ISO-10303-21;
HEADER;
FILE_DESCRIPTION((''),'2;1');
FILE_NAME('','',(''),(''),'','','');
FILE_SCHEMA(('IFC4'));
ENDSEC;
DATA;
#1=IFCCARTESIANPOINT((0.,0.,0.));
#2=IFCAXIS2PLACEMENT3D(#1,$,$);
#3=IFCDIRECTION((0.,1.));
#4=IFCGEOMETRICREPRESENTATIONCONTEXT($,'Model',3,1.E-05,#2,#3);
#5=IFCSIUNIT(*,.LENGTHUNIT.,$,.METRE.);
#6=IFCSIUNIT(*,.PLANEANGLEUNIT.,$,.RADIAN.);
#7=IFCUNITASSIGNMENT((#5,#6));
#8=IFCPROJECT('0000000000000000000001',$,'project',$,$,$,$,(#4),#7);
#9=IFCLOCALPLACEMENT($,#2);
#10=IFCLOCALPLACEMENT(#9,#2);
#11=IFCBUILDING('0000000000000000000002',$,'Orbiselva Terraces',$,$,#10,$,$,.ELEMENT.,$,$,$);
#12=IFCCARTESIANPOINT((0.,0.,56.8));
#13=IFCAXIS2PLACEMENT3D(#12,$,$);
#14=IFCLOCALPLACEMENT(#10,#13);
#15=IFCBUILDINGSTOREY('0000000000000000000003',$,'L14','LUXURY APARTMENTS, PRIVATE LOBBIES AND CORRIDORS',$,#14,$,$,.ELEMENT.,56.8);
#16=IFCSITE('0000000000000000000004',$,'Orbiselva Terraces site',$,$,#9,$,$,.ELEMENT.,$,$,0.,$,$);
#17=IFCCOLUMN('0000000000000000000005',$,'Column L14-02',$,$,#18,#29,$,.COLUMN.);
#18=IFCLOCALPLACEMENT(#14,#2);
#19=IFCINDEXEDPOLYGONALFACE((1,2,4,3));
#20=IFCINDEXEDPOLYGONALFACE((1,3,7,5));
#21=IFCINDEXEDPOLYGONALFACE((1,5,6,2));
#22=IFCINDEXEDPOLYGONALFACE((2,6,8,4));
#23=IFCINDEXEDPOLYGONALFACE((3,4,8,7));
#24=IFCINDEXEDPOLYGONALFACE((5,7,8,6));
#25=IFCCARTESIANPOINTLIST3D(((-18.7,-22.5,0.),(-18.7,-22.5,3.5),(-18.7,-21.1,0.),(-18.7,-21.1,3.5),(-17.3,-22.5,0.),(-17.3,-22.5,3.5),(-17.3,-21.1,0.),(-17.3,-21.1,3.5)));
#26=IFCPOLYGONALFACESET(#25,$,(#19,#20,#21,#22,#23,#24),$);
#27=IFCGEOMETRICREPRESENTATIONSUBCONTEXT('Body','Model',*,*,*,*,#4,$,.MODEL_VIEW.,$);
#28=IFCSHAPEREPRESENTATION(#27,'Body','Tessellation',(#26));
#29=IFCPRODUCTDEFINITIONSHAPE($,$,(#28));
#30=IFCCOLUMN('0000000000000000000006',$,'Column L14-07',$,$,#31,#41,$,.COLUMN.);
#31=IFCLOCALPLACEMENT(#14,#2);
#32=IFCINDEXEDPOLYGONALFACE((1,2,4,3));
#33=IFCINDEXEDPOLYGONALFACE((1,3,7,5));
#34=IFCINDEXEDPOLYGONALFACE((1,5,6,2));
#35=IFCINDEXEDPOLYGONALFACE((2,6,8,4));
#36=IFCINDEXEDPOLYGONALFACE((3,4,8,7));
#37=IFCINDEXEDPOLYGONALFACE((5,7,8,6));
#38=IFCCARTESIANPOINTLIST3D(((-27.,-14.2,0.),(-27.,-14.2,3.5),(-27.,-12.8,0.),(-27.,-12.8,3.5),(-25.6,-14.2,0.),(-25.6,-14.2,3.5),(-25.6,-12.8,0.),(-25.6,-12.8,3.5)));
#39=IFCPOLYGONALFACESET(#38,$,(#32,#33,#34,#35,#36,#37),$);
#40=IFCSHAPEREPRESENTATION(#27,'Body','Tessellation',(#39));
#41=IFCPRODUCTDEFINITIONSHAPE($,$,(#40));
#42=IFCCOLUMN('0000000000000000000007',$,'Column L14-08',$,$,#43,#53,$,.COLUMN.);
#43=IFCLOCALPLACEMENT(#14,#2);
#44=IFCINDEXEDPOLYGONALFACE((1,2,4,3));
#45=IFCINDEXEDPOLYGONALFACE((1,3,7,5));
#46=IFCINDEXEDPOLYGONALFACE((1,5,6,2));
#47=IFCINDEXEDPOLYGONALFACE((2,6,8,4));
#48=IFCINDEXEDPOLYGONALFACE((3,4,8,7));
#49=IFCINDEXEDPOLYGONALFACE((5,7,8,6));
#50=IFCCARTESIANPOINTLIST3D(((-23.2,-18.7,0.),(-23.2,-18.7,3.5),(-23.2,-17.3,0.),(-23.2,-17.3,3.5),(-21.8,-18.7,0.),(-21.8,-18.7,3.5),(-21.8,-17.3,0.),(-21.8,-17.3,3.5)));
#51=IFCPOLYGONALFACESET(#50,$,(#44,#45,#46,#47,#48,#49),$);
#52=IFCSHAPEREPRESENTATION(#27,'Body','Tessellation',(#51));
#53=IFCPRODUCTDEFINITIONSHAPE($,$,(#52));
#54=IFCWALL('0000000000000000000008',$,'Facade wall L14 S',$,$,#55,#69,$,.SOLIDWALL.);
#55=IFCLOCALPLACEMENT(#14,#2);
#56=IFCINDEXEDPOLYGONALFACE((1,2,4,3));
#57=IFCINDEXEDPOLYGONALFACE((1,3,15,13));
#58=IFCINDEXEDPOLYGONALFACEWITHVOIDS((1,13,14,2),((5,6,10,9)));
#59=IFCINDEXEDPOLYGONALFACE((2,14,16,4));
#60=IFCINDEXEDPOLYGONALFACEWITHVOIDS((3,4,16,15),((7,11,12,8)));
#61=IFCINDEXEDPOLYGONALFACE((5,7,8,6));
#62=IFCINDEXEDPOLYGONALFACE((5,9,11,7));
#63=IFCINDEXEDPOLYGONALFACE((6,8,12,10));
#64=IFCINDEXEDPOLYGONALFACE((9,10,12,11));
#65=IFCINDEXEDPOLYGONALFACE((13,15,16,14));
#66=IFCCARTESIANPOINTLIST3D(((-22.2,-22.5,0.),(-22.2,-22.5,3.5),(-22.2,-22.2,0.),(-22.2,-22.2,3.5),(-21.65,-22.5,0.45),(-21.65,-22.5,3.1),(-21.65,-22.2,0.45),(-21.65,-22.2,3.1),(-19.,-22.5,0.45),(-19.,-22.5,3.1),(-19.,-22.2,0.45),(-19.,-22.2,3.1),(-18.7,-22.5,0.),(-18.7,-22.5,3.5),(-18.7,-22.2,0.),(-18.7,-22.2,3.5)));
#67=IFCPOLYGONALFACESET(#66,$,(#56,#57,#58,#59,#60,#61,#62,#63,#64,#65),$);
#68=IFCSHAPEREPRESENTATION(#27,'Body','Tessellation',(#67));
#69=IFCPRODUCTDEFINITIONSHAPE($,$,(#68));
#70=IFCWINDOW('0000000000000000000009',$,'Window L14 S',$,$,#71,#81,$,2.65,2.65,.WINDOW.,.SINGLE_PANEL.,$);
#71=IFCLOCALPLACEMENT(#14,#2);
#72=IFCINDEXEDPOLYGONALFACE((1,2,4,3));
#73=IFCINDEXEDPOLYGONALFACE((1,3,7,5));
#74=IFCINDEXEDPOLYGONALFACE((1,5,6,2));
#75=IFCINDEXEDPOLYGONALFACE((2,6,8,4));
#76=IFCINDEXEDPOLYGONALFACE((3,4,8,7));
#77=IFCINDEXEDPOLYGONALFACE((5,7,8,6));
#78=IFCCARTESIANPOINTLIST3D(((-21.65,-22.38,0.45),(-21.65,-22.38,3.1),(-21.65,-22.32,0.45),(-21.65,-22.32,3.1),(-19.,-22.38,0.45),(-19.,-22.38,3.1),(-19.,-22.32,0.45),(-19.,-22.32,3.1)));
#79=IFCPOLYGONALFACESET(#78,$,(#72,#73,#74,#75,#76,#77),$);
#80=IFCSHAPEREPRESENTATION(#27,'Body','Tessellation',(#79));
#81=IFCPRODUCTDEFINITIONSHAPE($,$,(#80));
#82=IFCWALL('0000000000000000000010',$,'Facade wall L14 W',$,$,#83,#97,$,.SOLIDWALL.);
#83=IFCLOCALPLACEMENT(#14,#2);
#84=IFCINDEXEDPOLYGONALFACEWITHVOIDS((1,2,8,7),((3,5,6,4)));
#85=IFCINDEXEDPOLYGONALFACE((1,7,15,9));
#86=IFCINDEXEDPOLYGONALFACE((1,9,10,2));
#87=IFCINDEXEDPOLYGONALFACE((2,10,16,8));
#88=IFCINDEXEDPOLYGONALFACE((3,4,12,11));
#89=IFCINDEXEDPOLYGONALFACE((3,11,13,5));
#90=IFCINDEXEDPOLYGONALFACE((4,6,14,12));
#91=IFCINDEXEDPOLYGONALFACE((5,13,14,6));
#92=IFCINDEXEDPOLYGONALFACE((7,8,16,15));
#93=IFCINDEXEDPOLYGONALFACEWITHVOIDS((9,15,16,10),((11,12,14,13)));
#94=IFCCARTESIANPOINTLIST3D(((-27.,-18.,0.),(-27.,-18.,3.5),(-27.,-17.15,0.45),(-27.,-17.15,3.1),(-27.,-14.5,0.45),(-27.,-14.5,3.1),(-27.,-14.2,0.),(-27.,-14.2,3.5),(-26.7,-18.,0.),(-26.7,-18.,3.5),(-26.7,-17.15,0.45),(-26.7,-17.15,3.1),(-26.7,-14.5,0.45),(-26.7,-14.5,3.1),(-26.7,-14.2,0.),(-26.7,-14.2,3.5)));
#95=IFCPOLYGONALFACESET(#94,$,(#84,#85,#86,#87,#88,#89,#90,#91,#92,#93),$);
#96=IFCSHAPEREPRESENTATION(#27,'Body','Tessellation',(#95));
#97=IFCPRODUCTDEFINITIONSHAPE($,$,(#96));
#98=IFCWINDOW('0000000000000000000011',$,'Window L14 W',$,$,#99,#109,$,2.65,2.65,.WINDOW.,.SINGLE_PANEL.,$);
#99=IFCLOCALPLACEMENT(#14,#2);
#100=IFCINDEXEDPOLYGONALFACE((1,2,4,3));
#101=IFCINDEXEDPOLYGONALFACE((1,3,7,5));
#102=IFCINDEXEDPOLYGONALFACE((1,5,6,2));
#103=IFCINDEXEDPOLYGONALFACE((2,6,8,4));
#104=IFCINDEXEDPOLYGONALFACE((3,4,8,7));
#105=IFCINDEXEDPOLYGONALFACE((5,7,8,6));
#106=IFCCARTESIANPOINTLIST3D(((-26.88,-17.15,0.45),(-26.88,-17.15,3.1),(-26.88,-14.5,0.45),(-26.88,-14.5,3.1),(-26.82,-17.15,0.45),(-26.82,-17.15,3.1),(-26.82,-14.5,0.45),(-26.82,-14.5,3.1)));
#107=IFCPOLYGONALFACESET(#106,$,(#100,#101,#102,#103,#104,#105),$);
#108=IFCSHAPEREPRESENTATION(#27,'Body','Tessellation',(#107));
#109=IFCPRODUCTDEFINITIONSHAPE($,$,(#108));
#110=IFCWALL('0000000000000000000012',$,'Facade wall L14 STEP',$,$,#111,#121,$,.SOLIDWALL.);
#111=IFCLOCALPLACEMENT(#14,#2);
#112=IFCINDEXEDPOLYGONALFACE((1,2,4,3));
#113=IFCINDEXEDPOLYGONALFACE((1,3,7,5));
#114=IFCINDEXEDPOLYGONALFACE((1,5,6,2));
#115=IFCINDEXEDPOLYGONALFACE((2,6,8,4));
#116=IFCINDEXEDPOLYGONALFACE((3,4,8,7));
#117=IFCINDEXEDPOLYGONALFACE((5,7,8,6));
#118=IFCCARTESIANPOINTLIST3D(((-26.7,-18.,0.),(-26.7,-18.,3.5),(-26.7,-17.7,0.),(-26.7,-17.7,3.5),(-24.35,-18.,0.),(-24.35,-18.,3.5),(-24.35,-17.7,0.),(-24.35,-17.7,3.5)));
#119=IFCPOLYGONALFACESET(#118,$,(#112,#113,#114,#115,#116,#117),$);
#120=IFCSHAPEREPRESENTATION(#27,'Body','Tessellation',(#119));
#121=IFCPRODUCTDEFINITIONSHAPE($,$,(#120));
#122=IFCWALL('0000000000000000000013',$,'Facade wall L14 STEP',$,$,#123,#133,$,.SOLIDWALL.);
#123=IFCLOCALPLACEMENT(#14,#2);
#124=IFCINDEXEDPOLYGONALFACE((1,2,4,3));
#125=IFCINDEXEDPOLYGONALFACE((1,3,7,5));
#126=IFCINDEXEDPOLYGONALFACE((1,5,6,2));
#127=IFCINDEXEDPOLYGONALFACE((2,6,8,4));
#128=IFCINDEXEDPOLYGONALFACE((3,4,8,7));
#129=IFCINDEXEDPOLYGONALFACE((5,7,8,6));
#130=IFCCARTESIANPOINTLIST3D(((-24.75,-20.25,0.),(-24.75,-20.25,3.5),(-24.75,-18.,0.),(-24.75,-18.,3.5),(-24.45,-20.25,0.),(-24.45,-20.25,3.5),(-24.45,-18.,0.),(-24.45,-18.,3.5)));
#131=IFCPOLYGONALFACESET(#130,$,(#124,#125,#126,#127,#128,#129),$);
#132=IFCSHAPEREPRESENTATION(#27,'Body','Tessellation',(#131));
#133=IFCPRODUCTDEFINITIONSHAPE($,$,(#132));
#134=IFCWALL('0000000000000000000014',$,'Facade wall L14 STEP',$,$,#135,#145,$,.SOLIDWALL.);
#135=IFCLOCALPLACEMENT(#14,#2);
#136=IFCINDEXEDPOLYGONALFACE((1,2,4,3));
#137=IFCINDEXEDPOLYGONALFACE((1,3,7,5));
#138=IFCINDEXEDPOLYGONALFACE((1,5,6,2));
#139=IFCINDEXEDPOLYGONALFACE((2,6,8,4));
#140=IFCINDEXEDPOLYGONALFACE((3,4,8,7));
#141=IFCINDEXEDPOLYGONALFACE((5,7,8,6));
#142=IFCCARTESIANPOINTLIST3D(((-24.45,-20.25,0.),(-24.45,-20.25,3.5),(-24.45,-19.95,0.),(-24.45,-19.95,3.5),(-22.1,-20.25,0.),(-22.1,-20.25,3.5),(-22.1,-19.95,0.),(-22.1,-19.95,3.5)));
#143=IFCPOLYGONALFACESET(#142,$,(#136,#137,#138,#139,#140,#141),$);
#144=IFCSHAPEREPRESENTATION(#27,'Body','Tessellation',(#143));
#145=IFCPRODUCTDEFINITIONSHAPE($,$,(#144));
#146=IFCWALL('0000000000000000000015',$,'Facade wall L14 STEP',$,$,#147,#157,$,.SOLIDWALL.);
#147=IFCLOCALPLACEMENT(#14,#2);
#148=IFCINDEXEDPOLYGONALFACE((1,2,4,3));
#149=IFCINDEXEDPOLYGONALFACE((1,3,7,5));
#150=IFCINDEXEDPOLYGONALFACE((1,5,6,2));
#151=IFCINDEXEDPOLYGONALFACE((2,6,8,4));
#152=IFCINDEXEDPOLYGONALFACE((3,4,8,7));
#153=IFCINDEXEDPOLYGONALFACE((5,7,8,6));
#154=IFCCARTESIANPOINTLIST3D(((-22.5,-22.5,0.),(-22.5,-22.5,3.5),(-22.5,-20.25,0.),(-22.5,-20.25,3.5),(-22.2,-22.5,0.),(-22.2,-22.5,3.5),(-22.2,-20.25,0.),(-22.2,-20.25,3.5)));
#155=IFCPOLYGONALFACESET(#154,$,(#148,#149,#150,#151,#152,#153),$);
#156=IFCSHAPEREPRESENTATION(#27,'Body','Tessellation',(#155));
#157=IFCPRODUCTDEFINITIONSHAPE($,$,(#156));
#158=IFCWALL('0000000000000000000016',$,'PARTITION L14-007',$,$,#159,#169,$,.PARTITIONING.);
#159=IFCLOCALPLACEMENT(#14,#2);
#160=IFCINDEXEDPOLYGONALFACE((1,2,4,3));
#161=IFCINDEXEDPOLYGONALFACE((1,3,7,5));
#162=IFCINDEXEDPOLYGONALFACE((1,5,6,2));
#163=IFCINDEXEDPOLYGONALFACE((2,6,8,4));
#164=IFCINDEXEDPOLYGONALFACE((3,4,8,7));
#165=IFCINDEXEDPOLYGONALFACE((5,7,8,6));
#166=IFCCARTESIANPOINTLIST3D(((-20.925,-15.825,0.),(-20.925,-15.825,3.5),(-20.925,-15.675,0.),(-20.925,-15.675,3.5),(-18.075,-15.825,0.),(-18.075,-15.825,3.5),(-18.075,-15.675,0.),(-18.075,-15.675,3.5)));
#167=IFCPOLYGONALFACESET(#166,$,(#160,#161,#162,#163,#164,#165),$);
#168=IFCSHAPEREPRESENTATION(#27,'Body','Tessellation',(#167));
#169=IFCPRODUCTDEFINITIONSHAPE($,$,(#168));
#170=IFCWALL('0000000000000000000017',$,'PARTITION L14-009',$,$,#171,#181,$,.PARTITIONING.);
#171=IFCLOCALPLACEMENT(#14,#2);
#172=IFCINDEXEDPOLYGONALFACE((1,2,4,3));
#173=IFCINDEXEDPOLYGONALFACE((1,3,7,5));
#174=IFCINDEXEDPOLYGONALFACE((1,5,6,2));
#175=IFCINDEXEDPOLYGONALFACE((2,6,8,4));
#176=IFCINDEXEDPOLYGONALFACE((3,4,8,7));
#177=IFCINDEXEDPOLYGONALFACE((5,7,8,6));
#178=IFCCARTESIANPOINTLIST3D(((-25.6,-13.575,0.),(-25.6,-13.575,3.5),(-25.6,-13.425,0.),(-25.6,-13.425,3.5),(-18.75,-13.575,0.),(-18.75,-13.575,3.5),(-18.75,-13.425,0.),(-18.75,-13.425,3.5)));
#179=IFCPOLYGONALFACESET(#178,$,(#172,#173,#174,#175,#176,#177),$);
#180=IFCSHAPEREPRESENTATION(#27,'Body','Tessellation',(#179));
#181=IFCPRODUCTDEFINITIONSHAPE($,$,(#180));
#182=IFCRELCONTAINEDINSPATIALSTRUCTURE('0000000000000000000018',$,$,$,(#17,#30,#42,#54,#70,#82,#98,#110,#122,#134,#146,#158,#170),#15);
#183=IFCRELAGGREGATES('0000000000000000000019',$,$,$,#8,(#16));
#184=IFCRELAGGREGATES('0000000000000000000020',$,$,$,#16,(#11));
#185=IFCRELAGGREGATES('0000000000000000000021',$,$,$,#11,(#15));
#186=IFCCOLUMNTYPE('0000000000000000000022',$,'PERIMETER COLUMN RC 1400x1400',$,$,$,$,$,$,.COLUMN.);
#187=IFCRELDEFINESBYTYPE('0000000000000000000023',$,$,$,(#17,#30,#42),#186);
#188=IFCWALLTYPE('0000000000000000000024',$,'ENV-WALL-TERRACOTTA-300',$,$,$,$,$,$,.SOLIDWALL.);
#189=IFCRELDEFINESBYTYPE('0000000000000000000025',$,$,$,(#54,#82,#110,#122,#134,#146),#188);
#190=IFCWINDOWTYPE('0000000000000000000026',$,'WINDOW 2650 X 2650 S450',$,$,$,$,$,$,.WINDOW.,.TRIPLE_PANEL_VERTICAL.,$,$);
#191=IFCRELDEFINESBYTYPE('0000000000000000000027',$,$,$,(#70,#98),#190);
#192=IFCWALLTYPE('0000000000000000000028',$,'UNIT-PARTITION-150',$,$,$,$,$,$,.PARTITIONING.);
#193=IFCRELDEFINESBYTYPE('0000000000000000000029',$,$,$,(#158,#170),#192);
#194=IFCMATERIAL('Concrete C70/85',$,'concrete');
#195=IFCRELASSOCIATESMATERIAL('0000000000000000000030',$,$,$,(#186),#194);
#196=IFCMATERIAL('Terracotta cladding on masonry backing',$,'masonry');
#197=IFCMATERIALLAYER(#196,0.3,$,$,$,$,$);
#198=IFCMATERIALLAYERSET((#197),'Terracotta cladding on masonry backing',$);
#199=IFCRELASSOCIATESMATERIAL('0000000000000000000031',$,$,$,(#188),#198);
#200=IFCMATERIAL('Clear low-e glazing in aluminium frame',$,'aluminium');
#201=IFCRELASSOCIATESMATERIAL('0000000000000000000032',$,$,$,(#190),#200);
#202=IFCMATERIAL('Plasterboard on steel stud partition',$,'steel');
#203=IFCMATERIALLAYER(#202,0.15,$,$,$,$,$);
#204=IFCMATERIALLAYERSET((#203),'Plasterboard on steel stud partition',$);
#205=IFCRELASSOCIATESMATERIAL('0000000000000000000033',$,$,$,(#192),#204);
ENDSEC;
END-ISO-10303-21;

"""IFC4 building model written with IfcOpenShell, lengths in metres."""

from ifc_helpers import new_model, si_unit, direction, frame, frame_2d, origin, origin_2d, place, context, subcontext, project, spatial, rectangle, extrude, material, layer, layer_set, material_profile, profile_set, type_object, element, fill, save


model = new_model("IFC4")

# Units and contexts
model_context = context("Model", 3, precision=1e-05, world=origin(), true_north=direction((0.0, 1.0)))
body_context = subcontext(model_context, "Body", "Model", "MODEL_VIEW")
ifc_project = project(units=[si_unit("LENGTHUNIT", "METRE"), si_unit("PLANEANGLEUNIT", "RADIAN")], contexts=[model_context])

# Site, building, storey
site_placement = place(None, origin())
site = spatial("IfcSite", under=ifc_project, at=site_placement, Name="Orbiselva Terraces site", CompositionType="ELEMENT", RefElevation=0.0)
building_placement = place(site_placement, origin())
building = spatial("IfcBuilding", under=site, at=building_placement, Name="Orbiselva Terraces", CompositionType="ELEMENT")
storey_placement = place(building_placement, frame((0.0, 0.0, 56.8)))
storey = spatial("IfcBuildingStorey", under=building, at=storey_placement, Name="L14", Description="LUXURY APARTMENTS, PRIVATE LOBBIES AND CORRIDORS", CompositionType="ELEMENT", Elevation=56.8)

# Columns
ifc_material_1 = material(Name="Concrete C70/85", Category="concrete")
ifc_material_profile = material_profile(ifc_material_1, rectangle(XDim=1.4, YDim=1.4, at=origin_2d()), Name="RC 1400x1400")
ifc_profile_set = profile_set([ifc_material_profile], Name="Concrete C70/85")
column_type = type_object("IfcColumnType", Name="PERIMETER COLUMN RC 1400x1400", PredefinedType="COLUMN", material=ifc_profile_set)
for number, where, z_axis, x_axis, name in (
    (1, (-18.0, -21.8, 0.0), (0.0, 0.0, 1.0), (1.0, 0.0, 0.0), "Column L14-02"),
    (2, (-26.3, -13.5, 0.0), (0.0, 0.0, 1.0), (1.0, 0.0, 0.0), "Column L14-07"),
    (3, (-22.5, -18.0, 0.0), (0.0, 0.0, 1.0), (1.0, 0.0, 0.0), "Column L14-08"),
):
    element("IfcColumn", number, at=place(storey_placement, frame(where, z_axis=z_axis, x_axis=x_axis)), inside=storey, type_object=column_type, Name=name, PredefinedType="COLUMN", context=body_context, shape_type="SweptSolid", body=[
        extrude(rectangle(XDim=1.4, YDim=1.4, at=origin_2d()), origin(), (0.0, 0.0, 1.0), 3.5),
    ])

# Walls, openings, windows
ifc_material_2 = material(Name="Terracotta cladding on masonry backing", Category="masonry")
ifc_layer_1 = layer(ifc_material_2, 0.3)
ifc_layer_set_1 = layer_set([ifc_layer_1], Name="Terracotta cladding on masonry backing")
wall_type_1 = type_object("IfcWallType", Name="ENV-WALL-TERRACOTTA-300", PredefinedType="SOLIDWALL", material=ifc_layer_set_1)
wall_1_placement = place(storey_placement, frame((-18.7, -22.35, 0.0), z_axis=(0.0, 0.0, 1.0), x_axis=(-1.0, 0.0, 0.0)))
wall_1 = element("IfcWall", 4, at=wall_1_placement, inside=storey, type_object=wall_type_1, Name="Facade wall L14 S", PredefinedType="SOLIDWALL", context=body_context, shape_type="SweptSolid", body=[
    extrude(rectangle(XDim=3.5, YDim=0.3, at=frame_2d((1.75, 0.0))), origin(), (0.0, 0.0, 1.0), 3.5),
])
opening_1_placement = place(wall_1_placement, frame((0.3, 0.0, 0.45)))
opening_1 = element("IfcOpeningElement", 5, at=opening_1_placement, cuts=wall_1, PredefinedType="OPENING", context=body_context, shape_type="SweptSolid", body=[
    extrude(rectangle(XDim=2.65, YDim=2.65, at=frame_2d((1.325, 1.325))), frame((0.0, 0.16, 0.0), z_axis=(0.0, -1.0, 0.0), x_axis=(1.0, 0.0, 0.0)), (0.0, 0.0, 1.0), 0.32),
])
ifc_material_3 = material(Name="Clear low-e glazing in aluminium frame", Category="aluminium")
window_type = type_object("IfcWindowType", Name="WINDOW 2650 X 2650 S450", PartitioningType="TRIPLE_PANEL_VERTICAL", PredefinedType="WINDOW", material=ifc_material_3)
window_1_placement = place(opening_1_placement, origin())
window_1 = element("IfcWindow", 6, at=window_1_placement, inside=storey, type_object=window_type, Name="Window L14 S", OverallHeight=2.65, OverallWidth=2.65, PartitioningType="SINGLE_PANEL", PredefinedType="WINDOW", context=body_context, shape_type="SweptSolid", body=[
    extrude(rectangle(XDim=2.65, YDim=2.65, at=frame_2d((1.325, 1.325))), frame((0.0, 0.03, 0.0), z_axis=(0.0, -1.0, 0.0), x_axis=(1.0, 0.0, 0.0)), (0.0, 0.0, 1.0), 0.06),
])
fill(opening_1, window_1)
wall_2_placement = place(storey_placement, frame((-26.85, -18.0, 0.0), z_axis=(0.0, 0.0, 1.0), x_axis=(0.0, 1.0, 0.0)))
wall_2 = element("IfcWall", 7, at=wall_2_placement, inside=storey, type_object=wall_type_1, Name="Facade wall L14 W", PredefinedType="SOLIDWALL", context=body_context, shape_type="SweptSolid", body=[
    extrude(rectangle(XDim=3.8, YDim=0.3, at=frame_2d((1.9, 0.0))), origin(), (0.0, 0.0, 1.0), 3.5),
])
opening_2_placement = place(wall_2_placement, frame((0.85, 0.0, 0.45)))
opening_2 = element("IfcOpeningElement", 8, at=opening_2_placement, cuts=wall_2, PredefinedType="OPENING", context=body_context, shape_type="SweptSolid", body=[
    extrude(rectangle(XDim=2.65, YDim=2.65, at=frame_2d((1.325, 1.325))), frame((0.0, 0.16, 0.0), z_axis=(0.0, -1.0, 0.0), x_axis=(1.0, 0.0, 0.0)), (0.0, 0.0, 1.0), 0.32),
])
window_2_placement = place(opening_2_placement, origin())
window_2 = element("IfcWindow", 9, at=window_2_placement, inside=storey, type_object=window_type, Name="Window L14 W", OverallHeight=2.65, OverallWidth=2.65, PartitioningType="SINGLE_PANEL", PredefinedType="WINDOW", context=body_context, shape_type="SweptSolid", body=[
    extrude(rectangle(XDim=2.65, YDim=2.65, at=frame_2d((1.325, 1.325))), frame((0.0, 0.03, 0.0), z_axis=(0.0, -1.0, 0.0), x_axis=(1.0, 0.0, 0.0)), (0.0, 0.0, 1.0), 0.06),
])
fill(opening_2, window_2)

# Walls
wall_3_placement = place(storey_placement, frame((-24.35, -17.85, 0.0), z_axis=(0.0, 0.0, 1.0), x_axis=(-1.0, 0.0, 0.0)))
element("IfcWall", 10, at=wall_3_placement, inside=storey, type_object=wall_type_1, Name="Facade wall L14 STEP", PredefinedType="SOLIDWALL", context=body_context, shape_type="SweptSolid", body=[
    extrude(rectangle(XDim=2.35, YDim=0.3, at=frame_2d((1.175, 0.0))), origin(), (0.0, 0.0, 1.0), 3.5),
])
wall_4_placement = place(storey_placement, frame((-24.6, -20.25, 0.0), z_axis=(0.0, 0.0, 1.0), x_axis=(0.0, 1.0, 0.0)))
element("IfcWall", 11, at=wall_4_placement, inside=storey, type_object=wall_type_1, Name="Facade wall L14 STEP", PredefinedType="SOLIDWALL", context=body_context, shape_type="SweptSolid", body=[
    extrude(rectangle(XDim=2.25, YDim=0.3, at=frame_2d((1.125, 0.0))), origin(), (0.0, 0.0, 1.0), 3.5),
])
wall_5_placement = place(storey_placement, frame((-22.1, -20.1, 0.0), z_axis=(0.0, 0.0, 1.0), x_axis=(-1.0, 0.0, 0.0)))
element("IfcWall", 12, at=wall_5_placement, inside=storey, type_object=wall_type_1, Name="Facade wall L14 STEP", PredefinedType="SOLIDWALL", context=body_context, shape_type="SweptSolid", body=[
    extrude(rectangle(XDim=2.35, YDim=0.3, at=frame_2d((1.175, 0.0))), origin(), (0.0, 0.0, 1.0), 3.5),
])
wall_6_placement = place(storey_placement, frame((-22.35, -22.5, 0.0), z_axis=(0.0, 0.0, 1.0), x_axis=(0.0, 1.0, 0.0)))
element("IfcWall", 13, at=wall_6_placement, inside=storey, type_object=wall_type_1, Name="Facade wall L14 STEP", PredefinedType="SOLIDWALL", context=body_context, shape_type="SweptSolid", body=[
    extrude(rectangle(XDim=2.25, YDim=0.3, at=frame_2d((1.125, 0.0))), origin(), (0.0, 0.0, 1.0), 3.5),
])
ifc_material_4 = material(Name="Plasterboard on steel stud partition", Category="steel")
ifc_layer_2 = layer(ifc_material_4, 0.15)
ifc_layer_set_2 = layer_set([ifc_layer_2], Name="Plasterboard on steel stud partition")
wall_type_2 = type_object("IfcWallType", Name="UNIT-PARTITION-150", PredefinedType="PARTITIONING", material=ifc_layer_set_2)
wall_7_placement = place(storey_placement, frame((-20.925, -15.75, 0.0), z_axis=(0.0, 0.0, 1.0), x_axis=(1.0, 0.0, 0.0)))
element("IfcWall", 14, at=wall_7_placement, inside=storey, type_object=wall_type_2, Name="PARTITION L14-007", PredefinedType="PARTITIONING", context=body_context, shape_type="SweptSolid", body=[
    extrude(rectangle(XDim=2.85, YDim=0.15, at=frame_2d((1.425, 0.0))), origin(), (0.0, 0.0, 1.0), 3.5),
])
wall_8_placement = place(storey_placement, frame((-25.6, -13.5, 0.0), z_axis=(0.0, 0.0, 1.0), x_axis=(1.0, 0.0, 0.0)))
element("IfcWall", 15, at=wall_8_placement, inside=storey, type_object=wall_type_2, Name="PARTITION L14-009", PredefinedType="PARTITIONING", context=body_context, shape_type="SweptSolid", body=[
    extrude(rectangle(XDim=6.85, YDim=0.15, at=frame_2d((3.425, 0.0))), origin(), (0.0, 0.0, 1.0), 3.5),
])

save(model, "model.ifc")
